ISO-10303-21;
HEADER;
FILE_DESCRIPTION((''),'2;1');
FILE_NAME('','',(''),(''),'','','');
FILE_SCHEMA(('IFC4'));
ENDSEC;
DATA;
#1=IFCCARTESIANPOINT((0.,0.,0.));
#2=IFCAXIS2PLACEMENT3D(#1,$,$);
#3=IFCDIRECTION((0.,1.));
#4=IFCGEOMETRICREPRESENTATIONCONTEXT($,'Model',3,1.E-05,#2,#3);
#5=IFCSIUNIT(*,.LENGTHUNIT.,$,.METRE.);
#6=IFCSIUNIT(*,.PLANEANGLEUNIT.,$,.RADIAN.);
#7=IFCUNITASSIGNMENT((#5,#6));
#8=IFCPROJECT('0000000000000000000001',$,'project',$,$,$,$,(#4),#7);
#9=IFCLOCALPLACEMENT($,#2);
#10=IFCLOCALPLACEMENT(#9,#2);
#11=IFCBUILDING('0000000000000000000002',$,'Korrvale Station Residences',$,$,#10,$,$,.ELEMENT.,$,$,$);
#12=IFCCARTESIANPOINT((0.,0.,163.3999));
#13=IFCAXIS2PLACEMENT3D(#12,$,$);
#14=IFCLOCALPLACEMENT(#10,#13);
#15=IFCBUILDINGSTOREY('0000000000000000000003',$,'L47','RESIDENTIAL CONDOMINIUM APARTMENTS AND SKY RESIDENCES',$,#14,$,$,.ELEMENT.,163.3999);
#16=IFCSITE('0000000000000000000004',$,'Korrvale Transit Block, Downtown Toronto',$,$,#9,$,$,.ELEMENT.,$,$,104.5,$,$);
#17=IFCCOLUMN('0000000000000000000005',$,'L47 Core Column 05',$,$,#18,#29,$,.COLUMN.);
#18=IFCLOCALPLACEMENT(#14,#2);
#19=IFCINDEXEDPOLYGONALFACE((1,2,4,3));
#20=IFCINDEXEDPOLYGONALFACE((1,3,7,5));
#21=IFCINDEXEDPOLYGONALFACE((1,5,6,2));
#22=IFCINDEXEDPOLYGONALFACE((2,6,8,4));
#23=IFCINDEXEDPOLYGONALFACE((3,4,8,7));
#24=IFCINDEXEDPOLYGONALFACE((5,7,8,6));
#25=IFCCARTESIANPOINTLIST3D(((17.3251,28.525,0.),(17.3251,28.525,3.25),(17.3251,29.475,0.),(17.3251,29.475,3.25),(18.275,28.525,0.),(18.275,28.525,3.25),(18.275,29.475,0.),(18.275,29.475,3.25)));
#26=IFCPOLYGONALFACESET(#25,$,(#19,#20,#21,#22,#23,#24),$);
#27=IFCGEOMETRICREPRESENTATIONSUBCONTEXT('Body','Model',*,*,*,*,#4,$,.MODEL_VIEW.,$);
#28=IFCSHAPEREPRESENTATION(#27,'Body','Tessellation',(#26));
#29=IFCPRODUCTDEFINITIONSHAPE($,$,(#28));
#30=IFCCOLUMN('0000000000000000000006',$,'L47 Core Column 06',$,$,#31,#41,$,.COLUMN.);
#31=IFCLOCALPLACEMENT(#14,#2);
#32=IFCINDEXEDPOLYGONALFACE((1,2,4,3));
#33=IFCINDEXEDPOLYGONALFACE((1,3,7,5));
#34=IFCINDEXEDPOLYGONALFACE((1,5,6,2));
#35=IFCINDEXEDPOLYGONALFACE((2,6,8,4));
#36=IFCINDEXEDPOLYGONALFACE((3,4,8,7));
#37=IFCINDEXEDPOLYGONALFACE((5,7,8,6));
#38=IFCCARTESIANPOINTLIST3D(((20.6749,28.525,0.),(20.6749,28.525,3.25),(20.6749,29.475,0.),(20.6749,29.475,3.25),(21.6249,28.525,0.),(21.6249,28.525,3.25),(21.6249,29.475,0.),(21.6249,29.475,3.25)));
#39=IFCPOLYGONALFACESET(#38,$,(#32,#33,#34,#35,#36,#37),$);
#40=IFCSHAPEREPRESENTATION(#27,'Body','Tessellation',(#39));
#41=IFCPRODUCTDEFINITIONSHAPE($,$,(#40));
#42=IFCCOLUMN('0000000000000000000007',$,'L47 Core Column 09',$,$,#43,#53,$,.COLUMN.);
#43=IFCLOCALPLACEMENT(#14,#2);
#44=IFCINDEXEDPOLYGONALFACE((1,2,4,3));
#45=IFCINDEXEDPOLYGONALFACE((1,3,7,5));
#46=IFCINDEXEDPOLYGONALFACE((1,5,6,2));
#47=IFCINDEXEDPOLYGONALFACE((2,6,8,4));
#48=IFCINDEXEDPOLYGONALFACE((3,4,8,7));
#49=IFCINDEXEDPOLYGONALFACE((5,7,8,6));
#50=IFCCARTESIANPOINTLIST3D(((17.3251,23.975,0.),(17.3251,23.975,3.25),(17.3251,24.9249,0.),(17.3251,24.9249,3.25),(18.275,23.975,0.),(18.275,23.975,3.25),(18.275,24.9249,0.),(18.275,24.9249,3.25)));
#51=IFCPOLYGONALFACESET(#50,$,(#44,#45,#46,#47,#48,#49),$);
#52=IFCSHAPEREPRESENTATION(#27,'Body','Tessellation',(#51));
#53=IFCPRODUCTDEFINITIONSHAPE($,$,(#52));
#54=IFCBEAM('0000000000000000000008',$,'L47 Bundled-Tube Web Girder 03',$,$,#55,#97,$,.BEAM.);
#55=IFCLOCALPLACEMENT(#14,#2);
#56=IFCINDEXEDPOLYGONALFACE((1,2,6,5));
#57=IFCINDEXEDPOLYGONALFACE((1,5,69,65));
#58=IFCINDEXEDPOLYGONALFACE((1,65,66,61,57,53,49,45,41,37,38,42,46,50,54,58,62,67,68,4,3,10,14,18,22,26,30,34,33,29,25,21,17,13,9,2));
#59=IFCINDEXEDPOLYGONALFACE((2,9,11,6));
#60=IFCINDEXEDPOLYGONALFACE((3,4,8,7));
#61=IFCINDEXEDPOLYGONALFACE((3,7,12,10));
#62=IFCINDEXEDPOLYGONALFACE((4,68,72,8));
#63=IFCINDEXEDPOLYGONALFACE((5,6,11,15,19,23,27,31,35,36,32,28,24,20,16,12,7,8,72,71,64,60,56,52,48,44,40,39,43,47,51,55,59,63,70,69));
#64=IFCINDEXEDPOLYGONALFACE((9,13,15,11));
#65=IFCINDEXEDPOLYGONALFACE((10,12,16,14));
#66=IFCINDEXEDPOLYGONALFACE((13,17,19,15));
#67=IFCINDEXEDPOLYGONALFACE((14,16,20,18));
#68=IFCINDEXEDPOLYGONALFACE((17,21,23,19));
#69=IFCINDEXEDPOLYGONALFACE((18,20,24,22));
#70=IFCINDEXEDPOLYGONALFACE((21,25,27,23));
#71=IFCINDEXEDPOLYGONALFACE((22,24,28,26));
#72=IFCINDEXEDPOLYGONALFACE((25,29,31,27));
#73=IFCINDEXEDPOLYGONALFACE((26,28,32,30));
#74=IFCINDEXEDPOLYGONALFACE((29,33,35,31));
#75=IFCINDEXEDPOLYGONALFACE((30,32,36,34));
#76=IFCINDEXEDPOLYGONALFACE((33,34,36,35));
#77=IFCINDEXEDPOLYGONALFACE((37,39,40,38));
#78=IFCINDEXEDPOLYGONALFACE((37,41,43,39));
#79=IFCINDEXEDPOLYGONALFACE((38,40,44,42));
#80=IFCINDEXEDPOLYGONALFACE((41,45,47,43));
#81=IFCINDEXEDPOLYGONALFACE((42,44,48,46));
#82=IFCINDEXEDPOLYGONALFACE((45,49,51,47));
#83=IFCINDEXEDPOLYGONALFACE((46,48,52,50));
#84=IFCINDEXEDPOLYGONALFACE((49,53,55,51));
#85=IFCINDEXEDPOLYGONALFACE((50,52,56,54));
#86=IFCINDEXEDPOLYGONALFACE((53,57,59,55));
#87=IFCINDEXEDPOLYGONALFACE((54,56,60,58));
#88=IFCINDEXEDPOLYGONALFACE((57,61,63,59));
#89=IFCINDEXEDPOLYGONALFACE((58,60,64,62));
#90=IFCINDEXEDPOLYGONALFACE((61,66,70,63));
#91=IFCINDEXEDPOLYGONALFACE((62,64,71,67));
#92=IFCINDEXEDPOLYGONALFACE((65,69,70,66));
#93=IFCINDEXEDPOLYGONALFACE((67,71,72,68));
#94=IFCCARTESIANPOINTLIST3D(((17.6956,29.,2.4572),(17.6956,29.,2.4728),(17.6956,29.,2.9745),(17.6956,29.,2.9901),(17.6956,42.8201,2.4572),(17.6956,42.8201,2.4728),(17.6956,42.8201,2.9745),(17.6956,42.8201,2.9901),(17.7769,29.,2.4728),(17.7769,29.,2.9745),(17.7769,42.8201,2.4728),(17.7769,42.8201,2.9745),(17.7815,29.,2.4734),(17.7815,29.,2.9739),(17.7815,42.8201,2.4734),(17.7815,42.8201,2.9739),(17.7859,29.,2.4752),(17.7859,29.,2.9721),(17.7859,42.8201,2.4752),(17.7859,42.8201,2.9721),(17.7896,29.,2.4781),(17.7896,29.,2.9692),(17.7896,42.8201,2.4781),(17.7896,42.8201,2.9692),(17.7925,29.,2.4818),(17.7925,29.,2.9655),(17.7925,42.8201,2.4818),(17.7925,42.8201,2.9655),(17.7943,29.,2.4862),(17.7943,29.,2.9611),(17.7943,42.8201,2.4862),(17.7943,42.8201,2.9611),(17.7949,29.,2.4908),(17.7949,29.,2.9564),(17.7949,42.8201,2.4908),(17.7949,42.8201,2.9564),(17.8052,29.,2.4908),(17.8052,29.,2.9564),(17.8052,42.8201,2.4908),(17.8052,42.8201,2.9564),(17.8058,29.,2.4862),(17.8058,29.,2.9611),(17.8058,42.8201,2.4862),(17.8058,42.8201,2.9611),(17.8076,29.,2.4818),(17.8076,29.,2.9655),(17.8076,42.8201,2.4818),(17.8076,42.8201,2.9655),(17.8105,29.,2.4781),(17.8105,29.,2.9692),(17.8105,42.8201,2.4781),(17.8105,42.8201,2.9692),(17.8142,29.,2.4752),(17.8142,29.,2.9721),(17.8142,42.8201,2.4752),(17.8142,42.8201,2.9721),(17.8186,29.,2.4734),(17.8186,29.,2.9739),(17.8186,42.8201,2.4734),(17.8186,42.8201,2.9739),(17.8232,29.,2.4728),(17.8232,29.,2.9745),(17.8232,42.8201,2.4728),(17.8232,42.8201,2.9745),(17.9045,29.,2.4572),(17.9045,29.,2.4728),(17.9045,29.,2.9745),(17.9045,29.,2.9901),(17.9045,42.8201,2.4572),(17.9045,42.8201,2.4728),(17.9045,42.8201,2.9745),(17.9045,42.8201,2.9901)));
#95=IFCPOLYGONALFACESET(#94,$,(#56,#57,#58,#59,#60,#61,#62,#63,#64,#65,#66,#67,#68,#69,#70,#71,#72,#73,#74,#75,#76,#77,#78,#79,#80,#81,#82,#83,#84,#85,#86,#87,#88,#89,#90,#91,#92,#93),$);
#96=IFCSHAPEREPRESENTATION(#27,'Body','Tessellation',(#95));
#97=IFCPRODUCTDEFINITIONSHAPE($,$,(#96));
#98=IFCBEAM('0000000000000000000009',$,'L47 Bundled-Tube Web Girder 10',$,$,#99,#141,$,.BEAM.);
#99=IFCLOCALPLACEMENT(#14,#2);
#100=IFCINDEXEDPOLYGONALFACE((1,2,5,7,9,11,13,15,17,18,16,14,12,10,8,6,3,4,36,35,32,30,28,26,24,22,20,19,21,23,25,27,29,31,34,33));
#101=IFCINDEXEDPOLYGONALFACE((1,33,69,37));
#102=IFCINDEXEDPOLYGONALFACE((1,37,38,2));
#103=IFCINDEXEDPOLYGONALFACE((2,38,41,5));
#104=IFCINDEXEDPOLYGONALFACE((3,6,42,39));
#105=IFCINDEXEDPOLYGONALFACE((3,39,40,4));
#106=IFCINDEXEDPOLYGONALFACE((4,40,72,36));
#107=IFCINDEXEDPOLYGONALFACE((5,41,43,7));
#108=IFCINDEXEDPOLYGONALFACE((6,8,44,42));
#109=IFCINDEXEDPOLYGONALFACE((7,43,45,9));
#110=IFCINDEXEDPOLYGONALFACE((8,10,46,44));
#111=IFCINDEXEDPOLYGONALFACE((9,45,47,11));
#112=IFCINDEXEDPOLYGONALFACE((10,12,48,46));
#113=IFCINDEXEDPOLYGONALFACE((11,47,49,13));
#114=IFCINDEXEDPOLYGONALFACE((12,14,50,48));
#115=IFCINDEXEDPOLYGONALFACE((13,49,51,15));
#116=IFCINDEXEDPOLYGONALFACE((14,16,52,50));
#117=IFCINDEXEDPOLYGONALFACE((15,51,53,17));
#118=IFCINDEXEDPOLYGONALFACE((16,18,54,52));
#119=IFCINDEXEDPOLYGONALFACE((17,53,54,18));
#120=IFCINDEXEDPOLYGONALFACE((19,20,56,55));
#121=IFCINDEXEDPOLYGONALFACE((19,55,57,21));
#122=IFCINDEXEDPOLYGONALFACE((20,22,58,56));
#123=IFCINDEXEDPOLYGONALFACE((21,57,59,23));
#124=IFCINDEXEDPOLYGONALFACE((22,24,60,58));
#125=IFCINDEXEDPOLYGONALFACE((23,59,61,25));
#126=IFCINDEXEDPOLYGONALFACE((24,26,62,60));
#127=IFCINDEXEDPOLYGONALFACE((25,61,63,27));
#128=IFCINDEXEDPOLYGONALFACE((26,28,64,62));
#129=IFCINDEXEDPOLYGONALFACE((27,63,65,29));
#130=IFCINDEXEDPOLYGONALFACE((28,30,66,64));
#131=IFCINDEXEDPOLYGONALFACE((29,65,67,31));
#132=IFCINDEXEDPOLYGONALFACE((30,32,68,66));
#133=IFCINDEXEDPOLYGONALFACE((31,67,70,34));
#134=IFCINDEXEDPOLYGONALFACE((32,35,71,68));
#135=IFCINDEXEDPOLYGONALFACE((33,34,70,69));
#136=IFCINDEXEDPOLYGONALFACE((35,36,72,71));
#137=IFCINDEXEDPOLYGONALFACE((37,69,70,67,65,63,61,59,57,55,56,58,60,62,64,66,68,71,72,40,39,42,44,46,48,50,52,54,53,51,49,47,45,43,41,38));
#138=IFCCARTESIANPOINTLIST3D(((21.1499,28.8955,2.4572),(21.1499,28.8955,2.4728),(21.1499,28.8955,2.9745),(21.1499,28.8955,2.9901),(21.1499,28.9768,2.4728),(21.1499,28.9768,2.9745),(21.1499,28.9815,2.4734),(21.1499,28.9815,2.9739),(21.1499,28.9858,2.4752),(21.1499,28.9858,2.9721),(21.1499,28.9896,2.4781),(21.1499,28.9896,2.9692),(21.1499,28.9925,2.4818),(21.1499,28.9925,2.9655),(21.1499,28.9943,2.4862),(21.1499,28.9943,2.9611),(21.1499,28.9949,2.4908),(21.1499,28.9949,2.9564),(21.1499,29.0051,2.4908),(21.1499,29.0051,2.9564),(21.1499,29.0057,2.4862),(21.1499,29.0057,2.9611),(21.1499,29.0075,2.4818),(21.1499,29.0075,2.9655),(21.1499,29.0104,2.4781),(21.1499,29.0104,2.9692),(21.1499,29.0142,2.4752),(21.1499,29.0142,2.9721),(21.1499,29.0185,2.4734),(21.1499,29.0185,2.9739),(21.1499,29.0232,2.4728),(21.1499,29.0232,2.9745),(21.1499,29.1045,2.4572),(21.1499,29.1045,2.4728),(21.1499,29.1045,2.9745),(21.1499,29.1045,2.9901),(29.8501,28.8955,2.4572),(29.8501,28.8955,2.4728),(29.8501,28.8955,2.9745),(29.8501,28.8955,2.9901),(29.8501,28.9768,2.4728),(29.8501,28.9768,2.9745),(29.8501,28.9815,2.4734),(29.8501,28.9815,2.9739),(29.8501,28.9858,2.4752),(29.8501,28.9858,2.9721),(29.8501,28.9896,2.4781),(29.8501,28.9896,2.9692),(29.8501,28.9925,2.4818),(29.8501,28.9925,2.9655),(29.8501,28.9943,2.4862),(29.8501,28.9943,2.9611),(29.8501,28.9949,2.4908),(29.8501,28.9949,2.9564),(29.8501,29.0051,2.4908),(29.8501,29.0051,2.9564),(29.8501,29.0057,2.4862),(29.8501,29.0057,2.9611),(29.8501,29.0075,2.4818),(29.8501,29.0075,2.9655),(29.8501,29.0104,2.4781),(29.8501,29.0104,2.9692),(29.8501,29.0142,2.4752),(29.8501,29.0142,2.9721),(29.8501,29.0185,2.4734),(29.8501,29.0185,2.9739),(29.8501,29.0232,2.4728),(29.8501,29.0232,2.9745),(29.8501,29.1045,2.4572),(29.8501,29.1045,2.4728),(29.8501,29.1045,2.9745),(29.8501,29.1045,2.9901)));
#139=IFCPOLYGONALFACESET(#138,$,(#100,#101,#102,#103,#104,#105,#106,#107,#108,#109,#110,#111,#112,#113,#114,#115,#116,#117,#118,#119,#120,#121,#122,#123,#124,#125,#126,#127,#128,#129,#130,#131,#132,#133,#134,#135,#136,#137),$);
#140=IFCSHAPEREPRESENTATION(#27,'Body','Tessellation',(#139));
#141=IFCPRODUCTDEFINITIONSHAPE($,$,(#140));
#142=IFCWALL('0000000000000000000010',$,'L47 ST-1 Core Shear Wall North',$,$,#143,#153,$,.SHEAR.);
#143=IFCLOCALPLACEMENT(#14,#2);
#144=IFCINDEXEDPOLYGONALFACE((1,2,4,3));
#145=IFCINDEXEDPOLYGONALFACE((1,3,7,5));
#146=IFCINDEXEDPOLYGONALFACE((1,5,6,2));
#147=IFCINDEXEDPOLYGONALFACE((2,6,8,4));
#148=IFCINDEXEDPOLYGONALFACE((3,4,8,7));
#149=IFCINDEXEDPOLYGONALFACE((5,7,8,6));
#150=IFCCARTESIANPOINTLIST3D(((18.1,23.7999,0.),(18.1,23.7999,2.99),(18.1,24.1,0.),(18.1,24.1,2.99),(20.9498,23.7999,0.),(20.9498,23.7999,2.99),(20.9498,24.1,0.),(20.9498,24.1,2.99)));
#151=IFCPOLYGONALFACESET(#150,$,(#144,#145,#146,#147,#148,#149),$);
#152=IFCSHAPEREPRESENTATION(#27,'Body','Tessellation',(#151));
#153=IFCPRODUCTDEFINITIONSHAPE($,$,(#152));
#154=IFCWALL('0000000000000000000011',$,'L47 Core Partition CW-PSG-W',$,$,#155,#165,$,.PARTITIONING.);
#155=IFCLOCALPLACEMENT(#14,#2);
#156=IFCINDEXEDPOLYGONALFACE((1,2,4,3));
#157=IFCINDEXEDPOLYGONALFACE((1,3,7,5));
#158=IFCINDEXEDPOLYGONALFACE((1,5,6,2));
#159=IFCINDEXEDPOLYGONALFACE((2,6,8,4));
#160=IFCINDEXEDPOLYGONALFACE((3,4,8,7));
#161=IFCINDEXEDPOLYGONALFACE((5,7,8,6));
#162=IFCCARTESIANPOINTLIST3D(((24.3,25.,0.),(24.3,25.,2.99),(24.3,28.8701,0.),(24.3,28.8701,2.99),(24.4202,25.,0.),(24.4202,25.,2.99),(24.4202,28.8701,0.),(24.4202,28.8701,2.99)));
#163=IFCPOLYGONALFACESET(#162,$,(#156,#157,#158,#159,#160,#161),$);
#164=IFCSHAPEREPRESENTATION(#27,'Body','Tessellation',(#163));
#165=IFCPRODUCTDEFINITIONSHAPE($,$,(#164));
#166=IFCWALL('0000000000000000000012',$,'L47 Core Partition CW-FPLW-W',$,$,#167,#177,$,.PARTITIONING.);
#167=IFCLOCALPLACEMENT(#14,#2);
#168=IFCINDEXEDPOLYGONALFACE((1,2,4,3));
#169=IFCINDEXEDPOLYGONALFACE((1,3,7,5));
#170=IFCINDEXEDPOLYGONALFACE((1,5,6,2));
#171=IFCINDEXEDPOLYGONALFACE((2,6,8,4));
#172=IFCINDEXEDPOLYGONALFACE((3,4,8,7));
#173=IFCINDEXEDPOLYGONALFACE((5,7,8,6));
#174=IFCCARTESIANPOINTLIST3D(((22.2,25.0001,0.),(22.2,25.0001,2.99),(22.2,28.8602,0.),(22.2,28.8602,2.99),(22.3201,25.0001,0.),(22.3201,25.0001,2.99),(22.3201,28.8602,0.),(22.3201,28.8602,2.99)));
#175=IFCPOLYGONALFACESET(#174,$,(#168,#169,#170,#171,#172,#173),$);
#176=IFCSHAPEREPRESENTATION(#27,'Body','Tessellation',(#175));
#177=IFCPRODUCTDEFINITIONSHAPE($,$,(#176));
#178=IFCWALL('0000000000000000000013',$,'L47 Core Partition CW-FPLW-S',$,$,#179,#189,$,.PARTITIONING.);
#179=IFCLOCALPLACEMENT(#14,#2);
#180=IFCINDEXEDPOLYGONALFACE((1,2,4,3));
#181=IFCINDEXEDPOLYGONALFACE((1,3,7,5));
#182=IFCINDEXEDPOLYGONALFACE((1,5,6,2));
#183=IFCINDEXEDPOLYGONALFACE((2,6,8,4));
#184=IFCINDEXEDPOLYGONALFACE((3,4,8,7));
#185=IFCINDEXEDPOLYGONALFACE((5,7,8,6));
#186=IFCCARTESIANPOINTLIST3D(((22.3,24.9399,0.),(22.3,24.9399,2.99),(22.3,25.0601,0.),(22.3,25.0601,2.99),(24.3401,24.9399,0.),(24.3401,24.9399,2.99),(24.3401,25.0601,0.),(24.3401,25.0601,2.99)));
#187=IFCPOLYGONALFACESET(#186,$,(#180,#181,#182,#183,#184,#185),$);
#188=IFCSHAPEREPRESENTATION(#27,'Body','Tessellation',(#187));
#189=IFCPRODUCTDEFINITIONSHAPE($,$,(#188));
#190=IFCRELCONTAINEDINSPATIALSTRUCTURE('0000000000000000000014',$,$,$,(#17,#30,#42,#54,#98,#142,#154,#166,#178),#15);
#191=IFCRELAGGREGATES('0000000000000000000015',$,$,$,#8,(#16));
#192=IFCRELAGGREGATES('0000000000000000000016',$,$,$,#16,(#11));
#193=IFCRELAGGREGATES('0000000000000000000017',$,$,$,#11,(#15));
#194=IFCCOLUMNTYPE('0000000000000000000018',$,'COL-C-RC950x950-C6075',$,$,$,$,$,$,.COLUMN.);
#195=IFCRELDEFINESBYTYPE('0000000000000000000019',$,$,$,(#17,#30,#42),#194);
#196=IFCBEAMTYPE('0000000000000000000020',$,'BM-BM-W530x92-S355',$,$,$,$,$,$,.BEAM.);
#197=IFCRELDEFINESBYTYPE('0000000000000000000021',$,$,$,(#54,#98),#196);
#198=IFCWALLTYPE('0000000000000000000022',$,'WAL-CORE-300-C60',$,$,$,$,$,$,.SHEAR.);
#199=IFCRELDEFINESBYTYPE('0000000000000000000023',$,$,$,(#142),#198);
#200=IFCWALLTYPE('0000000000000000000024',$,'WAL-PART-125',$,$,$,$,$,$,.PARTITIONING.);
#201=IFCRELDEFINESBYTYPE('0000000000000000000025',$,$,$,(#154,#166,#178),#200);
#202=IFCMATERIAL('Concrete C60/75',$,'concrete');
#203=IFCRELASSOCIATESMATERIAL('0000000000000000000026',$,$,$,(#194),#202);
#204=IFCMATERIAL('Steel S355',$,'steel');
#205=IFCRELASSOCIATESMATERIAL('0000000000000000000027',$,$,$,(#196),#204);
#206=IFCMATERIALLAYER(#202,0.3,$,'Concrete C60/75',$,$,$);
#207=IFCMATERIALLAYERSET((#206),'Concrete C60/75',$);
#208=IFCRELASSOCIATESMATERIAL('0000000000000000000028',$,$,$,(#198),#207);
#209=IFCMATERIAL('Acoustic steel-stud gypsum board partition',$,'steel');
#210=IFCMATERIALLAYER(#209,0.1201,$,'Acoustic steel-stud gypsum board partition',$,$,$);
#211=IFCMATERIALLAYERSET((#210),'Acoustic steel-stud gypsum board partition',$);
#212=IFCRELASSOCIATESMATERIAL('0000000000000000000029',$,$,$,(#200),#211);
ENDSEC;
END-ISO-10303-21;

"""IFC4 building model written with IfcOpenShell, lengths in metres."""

from ifc_helpers import new_model, si_unit, direction, frame, frame_2d, origin, origin_2d, place, context, subcontext, project, spatial, rectangle, i_section, extrude, material, layer, layer_set, material_profile, profile_set, type_object, element, save


model = new_model("IFC4")

# Units and contexts
model_context = context("Model", 3, precision=1e-05, world=origin(), true_north=direction((0.0, 1.0)))
body_context = subcontext(model_context, "Body", "Model", "MODEL_VIEW")
ifc_project = project(units=[si_unit("LENGTHUNIT", "METRE"), si_unit("PLANEANGLEUNIT", "RADIAN")], contexts=[model_context])

# Site, building, storey
site_placement = place(None, origin())
site = spatial("IfcSite", under=ifc_project, at=site_placement, Name="Korrvale Transit Block, Downtown Toronto", CompositionType="ELEMENT", RefElevation=104.5)
building_placement = place(site_placement, origin())
building = spatial("IfcBuilding", under=site, at=building_placement, Name="Korrvale Station Residences", CompositionType="ELEMENT")
storey_placement = place(building_placement, frame((0.0, 0.0, 163.3999)))
storey = spatial("IfcBuildingStorey", under=building, at=storey_placement, Name="L47", Description="RESIDENTIAL CONDOMINIUM APARTMENTS AND SKY RESIDENCES", CompositionType="ELEMENT", Elevation=163.3999)

# Columns
ifc_material_1 = material(Name="Concrete C60/75", Category="concrete")
ifc_material_profile_1 = material_profile(ifc_material_1, rectangle(XDim=0.95, YDim=0.95, at=origin_2d()), Name="RC950x950")
ifc_profile_set_1 = profile_set([ifc_material_profile_1], Name="Concrete C60/75")
column_type = type_object("IfcColumnType", Name="COL-C-RC950x950-C6075", PredefinedType="COLUMN", material=ifc_profile_set_1)
for number, where, z_axis, x_axis, name in (
    (1, (17.8, 29.0, 0.0), (0.0, 0.0, 1.0), (1.0, 0.0, 0.0), "L47 Core Column 05"),
    (2, (21.1499, 29.0, 0.0), (0.0, 0.0, 1.0), (1.0, 0.0, 0.0), "L47 Core Column 06"),
    (3, (17.8, 24.45, 0.0), (0.0, 0.0, 1.0), (1.0, 0.0, 0.0), "L47 Core Column 09"),
):
    element("IfcColumn", number, at=place(storey_placement, frame(where, z_axis=z_axis, x_axis=x_axis)), inside=storey, type_object=column_type, Name=name, PredefinedType="COLUMN", context=body_context, shape_type="SweptSolid", body=[
        extrude(rectangle(XDim=0.95, YDim=0.95, at=origin_2d()), origin(), (0.0, 0.0, 1.0), 3.25),
    ])

# Beams
ifc_material_2 = material(Name="Steel S355", Category="steel")
ifc_material_profile_2 = material_profile(ifc_material_2, i_section(OverallWidth=0.209, OverallDepth=0.533, WebThickness=0.0103, FlangeThickness=0.0156, FilletRadius=0.0181, at=origin_2d()), Name="W530x92")
ifc_profile_set_2 = profile_set([ifc_material_profile_2], Name="Steel S355")
beam_type = type_object("IfcBeamType", Name="BM-BM-W530x92-S355", PredefinedType="BEAM", material=ifc_profile_set_2)
beam_1_placement = place(storey_placement, frame((17.8, 29.0, 2.7236), z_axis=(0.0, 1.0, 0.0), x_axis=(-1.0, 0.0, 0.0)))
element("IfcBeam", 4, at=beam_1_placement, inside=storey, type_object=beam_type, Name="L47 Bundled-Tube Web Girder 03", PredefinedType="BEAM", context=body_context, shape_type="SweptSolid", body=[
    extrude(i_section(OverallWidth=0.209, OverallDepth=0.533, WebThickness=0.0103, FlangeThickness=0.0156, FilletRadius=0.0181, at=origin_2d()), origin(), (0.0, 0.0, 1.0), 13.8201),
])
beam_2_placement = place(storey_placement, frame((21.1499, 29.0, 2.7236), z_axis=(1.0, 0.0, 0.0), x_axis=(0.0, 1.0, 0.0)))
element("IfcBeam", 5, at=beam_2_placement, inside=storey, type_object=beam_type, Name="L47 Bundled-Tube Web Girder 10", PredefinedType="BEAM", context=body_context, shape_type="SweptSolid", body=[
    extrude(i_section(OverallWidth=0.209, OverallDepth=0.533, WebThickness=0.0103, FlangeThickness=0.0156, FilletRadius=0.0181, at=origin_2d()), origin(), (0.0, 0.0, 1.0), 8.7002),
])

# Walls
ifc_layer_1 = layer(ifc_material_1, 0.3, Name="Concrete C60/75")
ifc_layer_set_1 = layer_set([ifc_layer_1], Name="Concrete C60/75")
wall_type_1 = type_object("IfcWallType", Name="WAL-CORE-300-C60", PredefinedType="SHEAR", material=ifc_layer_set_1)
wall_1_placement = place(storey_placement, frame((18.1001, 23.95, 0.0), z_axis=(0.0, 0.0, 1.0), x_axis=(1.0, 0.0, 0.0)))
element("IfcWall", 6, at=wall_1_placement, inside=storey, type_object=wall_type_1, Name="L47 ST-1 Core Shear Wall North", PredefinedType="SHEAR", context=body_context, shape_type="SweptSolid", body=[
    extrude(rectangle(XDim=2.8499, YDim=0.3, at=frame_2d((1.4248, 0.0))), origin(), (0.0, 0.0, 1.0), 2.99),
])
ifc_material_3 = material(Name="Acoustic steel-stud gypsum board partition", Category="steel")
ifc_layer_2 = layer(ifc_material_3, 0.1201, Name="Acoustic steel-stud gypsum board partition")
ifc_layer_set_2 = layer_set([ifc_layer_2], Name="Acoustic steel-stud gypsum board partition")
wall_type_2 = type_object("IfcWallType", Name="WAL-PART-125", PredefinedType="PARTITIONING", material=ifc_layer_set_2)
wall_2_placement = place(storey_placement, frame((24.3601, 25.0, 0.0), z_axis=(0.0, 0.0, 1.0), x_axis=(0.0, 1.0, 0.0)))
element("IfcWall", 7, at=wall_2_placement, inside=storey, type_object=wall_type_2, Name="L47 Core Partition CW-PSG-W", PredefinedType="PARTITIONING", context=body_context, shape_type="SweptSolid", body=[
    extrude(rectangle(XDim=3.8701, YDim=0.1201, at=frame_2d((1.9351, 0.0))), origin(), (0.0, 0.0, 1.0), 2.99),
])
wall_3_placement = place(storey_placement, frame((22.26, 25.0, 0.0), z_axis=(0.0, 0.0, 1.0), x_axis=(0.0, 1.0, 0.0)))
element("IfcWall", 8, at=wall_3_placement, inside=storey, type_object=wall_type_2, Name="L47 Core Partition CW-FPLW-W", PredefinedType="PARTITIONING", context=body_context, shape_type="SweptSolid", body=[
    extrude(rectangle(XDim=3.8601, YDim=0.1201, at=frame_2d((1.9302, 0.0))), origin(), (0.0, 0.0, 1.0), 2.99),
])
wall_4_placement = place(storey_placement, frame((22.3, 25.0, 0.0), z_axis=(0.0, 0.0, 1.0), x_axis=(1.0, 0.0, 0.0)))
element("IfcWall", 9, at=wall_4_placement, inside=storey, type_object=wall_type_2, Name="L47 Core Partition CW-FPLW-S", PredefinedType="PARTITIONING", context=body_context, shape_type="SweptSolid", body=[
    extrude(rectangle(XDim=2.04, YDim=0.1201, at=frame_2d((1.02, 0.0))), origin(), (0.0, 0.0, 1.0), 2.99),
])

save(model, "model.ifc")
